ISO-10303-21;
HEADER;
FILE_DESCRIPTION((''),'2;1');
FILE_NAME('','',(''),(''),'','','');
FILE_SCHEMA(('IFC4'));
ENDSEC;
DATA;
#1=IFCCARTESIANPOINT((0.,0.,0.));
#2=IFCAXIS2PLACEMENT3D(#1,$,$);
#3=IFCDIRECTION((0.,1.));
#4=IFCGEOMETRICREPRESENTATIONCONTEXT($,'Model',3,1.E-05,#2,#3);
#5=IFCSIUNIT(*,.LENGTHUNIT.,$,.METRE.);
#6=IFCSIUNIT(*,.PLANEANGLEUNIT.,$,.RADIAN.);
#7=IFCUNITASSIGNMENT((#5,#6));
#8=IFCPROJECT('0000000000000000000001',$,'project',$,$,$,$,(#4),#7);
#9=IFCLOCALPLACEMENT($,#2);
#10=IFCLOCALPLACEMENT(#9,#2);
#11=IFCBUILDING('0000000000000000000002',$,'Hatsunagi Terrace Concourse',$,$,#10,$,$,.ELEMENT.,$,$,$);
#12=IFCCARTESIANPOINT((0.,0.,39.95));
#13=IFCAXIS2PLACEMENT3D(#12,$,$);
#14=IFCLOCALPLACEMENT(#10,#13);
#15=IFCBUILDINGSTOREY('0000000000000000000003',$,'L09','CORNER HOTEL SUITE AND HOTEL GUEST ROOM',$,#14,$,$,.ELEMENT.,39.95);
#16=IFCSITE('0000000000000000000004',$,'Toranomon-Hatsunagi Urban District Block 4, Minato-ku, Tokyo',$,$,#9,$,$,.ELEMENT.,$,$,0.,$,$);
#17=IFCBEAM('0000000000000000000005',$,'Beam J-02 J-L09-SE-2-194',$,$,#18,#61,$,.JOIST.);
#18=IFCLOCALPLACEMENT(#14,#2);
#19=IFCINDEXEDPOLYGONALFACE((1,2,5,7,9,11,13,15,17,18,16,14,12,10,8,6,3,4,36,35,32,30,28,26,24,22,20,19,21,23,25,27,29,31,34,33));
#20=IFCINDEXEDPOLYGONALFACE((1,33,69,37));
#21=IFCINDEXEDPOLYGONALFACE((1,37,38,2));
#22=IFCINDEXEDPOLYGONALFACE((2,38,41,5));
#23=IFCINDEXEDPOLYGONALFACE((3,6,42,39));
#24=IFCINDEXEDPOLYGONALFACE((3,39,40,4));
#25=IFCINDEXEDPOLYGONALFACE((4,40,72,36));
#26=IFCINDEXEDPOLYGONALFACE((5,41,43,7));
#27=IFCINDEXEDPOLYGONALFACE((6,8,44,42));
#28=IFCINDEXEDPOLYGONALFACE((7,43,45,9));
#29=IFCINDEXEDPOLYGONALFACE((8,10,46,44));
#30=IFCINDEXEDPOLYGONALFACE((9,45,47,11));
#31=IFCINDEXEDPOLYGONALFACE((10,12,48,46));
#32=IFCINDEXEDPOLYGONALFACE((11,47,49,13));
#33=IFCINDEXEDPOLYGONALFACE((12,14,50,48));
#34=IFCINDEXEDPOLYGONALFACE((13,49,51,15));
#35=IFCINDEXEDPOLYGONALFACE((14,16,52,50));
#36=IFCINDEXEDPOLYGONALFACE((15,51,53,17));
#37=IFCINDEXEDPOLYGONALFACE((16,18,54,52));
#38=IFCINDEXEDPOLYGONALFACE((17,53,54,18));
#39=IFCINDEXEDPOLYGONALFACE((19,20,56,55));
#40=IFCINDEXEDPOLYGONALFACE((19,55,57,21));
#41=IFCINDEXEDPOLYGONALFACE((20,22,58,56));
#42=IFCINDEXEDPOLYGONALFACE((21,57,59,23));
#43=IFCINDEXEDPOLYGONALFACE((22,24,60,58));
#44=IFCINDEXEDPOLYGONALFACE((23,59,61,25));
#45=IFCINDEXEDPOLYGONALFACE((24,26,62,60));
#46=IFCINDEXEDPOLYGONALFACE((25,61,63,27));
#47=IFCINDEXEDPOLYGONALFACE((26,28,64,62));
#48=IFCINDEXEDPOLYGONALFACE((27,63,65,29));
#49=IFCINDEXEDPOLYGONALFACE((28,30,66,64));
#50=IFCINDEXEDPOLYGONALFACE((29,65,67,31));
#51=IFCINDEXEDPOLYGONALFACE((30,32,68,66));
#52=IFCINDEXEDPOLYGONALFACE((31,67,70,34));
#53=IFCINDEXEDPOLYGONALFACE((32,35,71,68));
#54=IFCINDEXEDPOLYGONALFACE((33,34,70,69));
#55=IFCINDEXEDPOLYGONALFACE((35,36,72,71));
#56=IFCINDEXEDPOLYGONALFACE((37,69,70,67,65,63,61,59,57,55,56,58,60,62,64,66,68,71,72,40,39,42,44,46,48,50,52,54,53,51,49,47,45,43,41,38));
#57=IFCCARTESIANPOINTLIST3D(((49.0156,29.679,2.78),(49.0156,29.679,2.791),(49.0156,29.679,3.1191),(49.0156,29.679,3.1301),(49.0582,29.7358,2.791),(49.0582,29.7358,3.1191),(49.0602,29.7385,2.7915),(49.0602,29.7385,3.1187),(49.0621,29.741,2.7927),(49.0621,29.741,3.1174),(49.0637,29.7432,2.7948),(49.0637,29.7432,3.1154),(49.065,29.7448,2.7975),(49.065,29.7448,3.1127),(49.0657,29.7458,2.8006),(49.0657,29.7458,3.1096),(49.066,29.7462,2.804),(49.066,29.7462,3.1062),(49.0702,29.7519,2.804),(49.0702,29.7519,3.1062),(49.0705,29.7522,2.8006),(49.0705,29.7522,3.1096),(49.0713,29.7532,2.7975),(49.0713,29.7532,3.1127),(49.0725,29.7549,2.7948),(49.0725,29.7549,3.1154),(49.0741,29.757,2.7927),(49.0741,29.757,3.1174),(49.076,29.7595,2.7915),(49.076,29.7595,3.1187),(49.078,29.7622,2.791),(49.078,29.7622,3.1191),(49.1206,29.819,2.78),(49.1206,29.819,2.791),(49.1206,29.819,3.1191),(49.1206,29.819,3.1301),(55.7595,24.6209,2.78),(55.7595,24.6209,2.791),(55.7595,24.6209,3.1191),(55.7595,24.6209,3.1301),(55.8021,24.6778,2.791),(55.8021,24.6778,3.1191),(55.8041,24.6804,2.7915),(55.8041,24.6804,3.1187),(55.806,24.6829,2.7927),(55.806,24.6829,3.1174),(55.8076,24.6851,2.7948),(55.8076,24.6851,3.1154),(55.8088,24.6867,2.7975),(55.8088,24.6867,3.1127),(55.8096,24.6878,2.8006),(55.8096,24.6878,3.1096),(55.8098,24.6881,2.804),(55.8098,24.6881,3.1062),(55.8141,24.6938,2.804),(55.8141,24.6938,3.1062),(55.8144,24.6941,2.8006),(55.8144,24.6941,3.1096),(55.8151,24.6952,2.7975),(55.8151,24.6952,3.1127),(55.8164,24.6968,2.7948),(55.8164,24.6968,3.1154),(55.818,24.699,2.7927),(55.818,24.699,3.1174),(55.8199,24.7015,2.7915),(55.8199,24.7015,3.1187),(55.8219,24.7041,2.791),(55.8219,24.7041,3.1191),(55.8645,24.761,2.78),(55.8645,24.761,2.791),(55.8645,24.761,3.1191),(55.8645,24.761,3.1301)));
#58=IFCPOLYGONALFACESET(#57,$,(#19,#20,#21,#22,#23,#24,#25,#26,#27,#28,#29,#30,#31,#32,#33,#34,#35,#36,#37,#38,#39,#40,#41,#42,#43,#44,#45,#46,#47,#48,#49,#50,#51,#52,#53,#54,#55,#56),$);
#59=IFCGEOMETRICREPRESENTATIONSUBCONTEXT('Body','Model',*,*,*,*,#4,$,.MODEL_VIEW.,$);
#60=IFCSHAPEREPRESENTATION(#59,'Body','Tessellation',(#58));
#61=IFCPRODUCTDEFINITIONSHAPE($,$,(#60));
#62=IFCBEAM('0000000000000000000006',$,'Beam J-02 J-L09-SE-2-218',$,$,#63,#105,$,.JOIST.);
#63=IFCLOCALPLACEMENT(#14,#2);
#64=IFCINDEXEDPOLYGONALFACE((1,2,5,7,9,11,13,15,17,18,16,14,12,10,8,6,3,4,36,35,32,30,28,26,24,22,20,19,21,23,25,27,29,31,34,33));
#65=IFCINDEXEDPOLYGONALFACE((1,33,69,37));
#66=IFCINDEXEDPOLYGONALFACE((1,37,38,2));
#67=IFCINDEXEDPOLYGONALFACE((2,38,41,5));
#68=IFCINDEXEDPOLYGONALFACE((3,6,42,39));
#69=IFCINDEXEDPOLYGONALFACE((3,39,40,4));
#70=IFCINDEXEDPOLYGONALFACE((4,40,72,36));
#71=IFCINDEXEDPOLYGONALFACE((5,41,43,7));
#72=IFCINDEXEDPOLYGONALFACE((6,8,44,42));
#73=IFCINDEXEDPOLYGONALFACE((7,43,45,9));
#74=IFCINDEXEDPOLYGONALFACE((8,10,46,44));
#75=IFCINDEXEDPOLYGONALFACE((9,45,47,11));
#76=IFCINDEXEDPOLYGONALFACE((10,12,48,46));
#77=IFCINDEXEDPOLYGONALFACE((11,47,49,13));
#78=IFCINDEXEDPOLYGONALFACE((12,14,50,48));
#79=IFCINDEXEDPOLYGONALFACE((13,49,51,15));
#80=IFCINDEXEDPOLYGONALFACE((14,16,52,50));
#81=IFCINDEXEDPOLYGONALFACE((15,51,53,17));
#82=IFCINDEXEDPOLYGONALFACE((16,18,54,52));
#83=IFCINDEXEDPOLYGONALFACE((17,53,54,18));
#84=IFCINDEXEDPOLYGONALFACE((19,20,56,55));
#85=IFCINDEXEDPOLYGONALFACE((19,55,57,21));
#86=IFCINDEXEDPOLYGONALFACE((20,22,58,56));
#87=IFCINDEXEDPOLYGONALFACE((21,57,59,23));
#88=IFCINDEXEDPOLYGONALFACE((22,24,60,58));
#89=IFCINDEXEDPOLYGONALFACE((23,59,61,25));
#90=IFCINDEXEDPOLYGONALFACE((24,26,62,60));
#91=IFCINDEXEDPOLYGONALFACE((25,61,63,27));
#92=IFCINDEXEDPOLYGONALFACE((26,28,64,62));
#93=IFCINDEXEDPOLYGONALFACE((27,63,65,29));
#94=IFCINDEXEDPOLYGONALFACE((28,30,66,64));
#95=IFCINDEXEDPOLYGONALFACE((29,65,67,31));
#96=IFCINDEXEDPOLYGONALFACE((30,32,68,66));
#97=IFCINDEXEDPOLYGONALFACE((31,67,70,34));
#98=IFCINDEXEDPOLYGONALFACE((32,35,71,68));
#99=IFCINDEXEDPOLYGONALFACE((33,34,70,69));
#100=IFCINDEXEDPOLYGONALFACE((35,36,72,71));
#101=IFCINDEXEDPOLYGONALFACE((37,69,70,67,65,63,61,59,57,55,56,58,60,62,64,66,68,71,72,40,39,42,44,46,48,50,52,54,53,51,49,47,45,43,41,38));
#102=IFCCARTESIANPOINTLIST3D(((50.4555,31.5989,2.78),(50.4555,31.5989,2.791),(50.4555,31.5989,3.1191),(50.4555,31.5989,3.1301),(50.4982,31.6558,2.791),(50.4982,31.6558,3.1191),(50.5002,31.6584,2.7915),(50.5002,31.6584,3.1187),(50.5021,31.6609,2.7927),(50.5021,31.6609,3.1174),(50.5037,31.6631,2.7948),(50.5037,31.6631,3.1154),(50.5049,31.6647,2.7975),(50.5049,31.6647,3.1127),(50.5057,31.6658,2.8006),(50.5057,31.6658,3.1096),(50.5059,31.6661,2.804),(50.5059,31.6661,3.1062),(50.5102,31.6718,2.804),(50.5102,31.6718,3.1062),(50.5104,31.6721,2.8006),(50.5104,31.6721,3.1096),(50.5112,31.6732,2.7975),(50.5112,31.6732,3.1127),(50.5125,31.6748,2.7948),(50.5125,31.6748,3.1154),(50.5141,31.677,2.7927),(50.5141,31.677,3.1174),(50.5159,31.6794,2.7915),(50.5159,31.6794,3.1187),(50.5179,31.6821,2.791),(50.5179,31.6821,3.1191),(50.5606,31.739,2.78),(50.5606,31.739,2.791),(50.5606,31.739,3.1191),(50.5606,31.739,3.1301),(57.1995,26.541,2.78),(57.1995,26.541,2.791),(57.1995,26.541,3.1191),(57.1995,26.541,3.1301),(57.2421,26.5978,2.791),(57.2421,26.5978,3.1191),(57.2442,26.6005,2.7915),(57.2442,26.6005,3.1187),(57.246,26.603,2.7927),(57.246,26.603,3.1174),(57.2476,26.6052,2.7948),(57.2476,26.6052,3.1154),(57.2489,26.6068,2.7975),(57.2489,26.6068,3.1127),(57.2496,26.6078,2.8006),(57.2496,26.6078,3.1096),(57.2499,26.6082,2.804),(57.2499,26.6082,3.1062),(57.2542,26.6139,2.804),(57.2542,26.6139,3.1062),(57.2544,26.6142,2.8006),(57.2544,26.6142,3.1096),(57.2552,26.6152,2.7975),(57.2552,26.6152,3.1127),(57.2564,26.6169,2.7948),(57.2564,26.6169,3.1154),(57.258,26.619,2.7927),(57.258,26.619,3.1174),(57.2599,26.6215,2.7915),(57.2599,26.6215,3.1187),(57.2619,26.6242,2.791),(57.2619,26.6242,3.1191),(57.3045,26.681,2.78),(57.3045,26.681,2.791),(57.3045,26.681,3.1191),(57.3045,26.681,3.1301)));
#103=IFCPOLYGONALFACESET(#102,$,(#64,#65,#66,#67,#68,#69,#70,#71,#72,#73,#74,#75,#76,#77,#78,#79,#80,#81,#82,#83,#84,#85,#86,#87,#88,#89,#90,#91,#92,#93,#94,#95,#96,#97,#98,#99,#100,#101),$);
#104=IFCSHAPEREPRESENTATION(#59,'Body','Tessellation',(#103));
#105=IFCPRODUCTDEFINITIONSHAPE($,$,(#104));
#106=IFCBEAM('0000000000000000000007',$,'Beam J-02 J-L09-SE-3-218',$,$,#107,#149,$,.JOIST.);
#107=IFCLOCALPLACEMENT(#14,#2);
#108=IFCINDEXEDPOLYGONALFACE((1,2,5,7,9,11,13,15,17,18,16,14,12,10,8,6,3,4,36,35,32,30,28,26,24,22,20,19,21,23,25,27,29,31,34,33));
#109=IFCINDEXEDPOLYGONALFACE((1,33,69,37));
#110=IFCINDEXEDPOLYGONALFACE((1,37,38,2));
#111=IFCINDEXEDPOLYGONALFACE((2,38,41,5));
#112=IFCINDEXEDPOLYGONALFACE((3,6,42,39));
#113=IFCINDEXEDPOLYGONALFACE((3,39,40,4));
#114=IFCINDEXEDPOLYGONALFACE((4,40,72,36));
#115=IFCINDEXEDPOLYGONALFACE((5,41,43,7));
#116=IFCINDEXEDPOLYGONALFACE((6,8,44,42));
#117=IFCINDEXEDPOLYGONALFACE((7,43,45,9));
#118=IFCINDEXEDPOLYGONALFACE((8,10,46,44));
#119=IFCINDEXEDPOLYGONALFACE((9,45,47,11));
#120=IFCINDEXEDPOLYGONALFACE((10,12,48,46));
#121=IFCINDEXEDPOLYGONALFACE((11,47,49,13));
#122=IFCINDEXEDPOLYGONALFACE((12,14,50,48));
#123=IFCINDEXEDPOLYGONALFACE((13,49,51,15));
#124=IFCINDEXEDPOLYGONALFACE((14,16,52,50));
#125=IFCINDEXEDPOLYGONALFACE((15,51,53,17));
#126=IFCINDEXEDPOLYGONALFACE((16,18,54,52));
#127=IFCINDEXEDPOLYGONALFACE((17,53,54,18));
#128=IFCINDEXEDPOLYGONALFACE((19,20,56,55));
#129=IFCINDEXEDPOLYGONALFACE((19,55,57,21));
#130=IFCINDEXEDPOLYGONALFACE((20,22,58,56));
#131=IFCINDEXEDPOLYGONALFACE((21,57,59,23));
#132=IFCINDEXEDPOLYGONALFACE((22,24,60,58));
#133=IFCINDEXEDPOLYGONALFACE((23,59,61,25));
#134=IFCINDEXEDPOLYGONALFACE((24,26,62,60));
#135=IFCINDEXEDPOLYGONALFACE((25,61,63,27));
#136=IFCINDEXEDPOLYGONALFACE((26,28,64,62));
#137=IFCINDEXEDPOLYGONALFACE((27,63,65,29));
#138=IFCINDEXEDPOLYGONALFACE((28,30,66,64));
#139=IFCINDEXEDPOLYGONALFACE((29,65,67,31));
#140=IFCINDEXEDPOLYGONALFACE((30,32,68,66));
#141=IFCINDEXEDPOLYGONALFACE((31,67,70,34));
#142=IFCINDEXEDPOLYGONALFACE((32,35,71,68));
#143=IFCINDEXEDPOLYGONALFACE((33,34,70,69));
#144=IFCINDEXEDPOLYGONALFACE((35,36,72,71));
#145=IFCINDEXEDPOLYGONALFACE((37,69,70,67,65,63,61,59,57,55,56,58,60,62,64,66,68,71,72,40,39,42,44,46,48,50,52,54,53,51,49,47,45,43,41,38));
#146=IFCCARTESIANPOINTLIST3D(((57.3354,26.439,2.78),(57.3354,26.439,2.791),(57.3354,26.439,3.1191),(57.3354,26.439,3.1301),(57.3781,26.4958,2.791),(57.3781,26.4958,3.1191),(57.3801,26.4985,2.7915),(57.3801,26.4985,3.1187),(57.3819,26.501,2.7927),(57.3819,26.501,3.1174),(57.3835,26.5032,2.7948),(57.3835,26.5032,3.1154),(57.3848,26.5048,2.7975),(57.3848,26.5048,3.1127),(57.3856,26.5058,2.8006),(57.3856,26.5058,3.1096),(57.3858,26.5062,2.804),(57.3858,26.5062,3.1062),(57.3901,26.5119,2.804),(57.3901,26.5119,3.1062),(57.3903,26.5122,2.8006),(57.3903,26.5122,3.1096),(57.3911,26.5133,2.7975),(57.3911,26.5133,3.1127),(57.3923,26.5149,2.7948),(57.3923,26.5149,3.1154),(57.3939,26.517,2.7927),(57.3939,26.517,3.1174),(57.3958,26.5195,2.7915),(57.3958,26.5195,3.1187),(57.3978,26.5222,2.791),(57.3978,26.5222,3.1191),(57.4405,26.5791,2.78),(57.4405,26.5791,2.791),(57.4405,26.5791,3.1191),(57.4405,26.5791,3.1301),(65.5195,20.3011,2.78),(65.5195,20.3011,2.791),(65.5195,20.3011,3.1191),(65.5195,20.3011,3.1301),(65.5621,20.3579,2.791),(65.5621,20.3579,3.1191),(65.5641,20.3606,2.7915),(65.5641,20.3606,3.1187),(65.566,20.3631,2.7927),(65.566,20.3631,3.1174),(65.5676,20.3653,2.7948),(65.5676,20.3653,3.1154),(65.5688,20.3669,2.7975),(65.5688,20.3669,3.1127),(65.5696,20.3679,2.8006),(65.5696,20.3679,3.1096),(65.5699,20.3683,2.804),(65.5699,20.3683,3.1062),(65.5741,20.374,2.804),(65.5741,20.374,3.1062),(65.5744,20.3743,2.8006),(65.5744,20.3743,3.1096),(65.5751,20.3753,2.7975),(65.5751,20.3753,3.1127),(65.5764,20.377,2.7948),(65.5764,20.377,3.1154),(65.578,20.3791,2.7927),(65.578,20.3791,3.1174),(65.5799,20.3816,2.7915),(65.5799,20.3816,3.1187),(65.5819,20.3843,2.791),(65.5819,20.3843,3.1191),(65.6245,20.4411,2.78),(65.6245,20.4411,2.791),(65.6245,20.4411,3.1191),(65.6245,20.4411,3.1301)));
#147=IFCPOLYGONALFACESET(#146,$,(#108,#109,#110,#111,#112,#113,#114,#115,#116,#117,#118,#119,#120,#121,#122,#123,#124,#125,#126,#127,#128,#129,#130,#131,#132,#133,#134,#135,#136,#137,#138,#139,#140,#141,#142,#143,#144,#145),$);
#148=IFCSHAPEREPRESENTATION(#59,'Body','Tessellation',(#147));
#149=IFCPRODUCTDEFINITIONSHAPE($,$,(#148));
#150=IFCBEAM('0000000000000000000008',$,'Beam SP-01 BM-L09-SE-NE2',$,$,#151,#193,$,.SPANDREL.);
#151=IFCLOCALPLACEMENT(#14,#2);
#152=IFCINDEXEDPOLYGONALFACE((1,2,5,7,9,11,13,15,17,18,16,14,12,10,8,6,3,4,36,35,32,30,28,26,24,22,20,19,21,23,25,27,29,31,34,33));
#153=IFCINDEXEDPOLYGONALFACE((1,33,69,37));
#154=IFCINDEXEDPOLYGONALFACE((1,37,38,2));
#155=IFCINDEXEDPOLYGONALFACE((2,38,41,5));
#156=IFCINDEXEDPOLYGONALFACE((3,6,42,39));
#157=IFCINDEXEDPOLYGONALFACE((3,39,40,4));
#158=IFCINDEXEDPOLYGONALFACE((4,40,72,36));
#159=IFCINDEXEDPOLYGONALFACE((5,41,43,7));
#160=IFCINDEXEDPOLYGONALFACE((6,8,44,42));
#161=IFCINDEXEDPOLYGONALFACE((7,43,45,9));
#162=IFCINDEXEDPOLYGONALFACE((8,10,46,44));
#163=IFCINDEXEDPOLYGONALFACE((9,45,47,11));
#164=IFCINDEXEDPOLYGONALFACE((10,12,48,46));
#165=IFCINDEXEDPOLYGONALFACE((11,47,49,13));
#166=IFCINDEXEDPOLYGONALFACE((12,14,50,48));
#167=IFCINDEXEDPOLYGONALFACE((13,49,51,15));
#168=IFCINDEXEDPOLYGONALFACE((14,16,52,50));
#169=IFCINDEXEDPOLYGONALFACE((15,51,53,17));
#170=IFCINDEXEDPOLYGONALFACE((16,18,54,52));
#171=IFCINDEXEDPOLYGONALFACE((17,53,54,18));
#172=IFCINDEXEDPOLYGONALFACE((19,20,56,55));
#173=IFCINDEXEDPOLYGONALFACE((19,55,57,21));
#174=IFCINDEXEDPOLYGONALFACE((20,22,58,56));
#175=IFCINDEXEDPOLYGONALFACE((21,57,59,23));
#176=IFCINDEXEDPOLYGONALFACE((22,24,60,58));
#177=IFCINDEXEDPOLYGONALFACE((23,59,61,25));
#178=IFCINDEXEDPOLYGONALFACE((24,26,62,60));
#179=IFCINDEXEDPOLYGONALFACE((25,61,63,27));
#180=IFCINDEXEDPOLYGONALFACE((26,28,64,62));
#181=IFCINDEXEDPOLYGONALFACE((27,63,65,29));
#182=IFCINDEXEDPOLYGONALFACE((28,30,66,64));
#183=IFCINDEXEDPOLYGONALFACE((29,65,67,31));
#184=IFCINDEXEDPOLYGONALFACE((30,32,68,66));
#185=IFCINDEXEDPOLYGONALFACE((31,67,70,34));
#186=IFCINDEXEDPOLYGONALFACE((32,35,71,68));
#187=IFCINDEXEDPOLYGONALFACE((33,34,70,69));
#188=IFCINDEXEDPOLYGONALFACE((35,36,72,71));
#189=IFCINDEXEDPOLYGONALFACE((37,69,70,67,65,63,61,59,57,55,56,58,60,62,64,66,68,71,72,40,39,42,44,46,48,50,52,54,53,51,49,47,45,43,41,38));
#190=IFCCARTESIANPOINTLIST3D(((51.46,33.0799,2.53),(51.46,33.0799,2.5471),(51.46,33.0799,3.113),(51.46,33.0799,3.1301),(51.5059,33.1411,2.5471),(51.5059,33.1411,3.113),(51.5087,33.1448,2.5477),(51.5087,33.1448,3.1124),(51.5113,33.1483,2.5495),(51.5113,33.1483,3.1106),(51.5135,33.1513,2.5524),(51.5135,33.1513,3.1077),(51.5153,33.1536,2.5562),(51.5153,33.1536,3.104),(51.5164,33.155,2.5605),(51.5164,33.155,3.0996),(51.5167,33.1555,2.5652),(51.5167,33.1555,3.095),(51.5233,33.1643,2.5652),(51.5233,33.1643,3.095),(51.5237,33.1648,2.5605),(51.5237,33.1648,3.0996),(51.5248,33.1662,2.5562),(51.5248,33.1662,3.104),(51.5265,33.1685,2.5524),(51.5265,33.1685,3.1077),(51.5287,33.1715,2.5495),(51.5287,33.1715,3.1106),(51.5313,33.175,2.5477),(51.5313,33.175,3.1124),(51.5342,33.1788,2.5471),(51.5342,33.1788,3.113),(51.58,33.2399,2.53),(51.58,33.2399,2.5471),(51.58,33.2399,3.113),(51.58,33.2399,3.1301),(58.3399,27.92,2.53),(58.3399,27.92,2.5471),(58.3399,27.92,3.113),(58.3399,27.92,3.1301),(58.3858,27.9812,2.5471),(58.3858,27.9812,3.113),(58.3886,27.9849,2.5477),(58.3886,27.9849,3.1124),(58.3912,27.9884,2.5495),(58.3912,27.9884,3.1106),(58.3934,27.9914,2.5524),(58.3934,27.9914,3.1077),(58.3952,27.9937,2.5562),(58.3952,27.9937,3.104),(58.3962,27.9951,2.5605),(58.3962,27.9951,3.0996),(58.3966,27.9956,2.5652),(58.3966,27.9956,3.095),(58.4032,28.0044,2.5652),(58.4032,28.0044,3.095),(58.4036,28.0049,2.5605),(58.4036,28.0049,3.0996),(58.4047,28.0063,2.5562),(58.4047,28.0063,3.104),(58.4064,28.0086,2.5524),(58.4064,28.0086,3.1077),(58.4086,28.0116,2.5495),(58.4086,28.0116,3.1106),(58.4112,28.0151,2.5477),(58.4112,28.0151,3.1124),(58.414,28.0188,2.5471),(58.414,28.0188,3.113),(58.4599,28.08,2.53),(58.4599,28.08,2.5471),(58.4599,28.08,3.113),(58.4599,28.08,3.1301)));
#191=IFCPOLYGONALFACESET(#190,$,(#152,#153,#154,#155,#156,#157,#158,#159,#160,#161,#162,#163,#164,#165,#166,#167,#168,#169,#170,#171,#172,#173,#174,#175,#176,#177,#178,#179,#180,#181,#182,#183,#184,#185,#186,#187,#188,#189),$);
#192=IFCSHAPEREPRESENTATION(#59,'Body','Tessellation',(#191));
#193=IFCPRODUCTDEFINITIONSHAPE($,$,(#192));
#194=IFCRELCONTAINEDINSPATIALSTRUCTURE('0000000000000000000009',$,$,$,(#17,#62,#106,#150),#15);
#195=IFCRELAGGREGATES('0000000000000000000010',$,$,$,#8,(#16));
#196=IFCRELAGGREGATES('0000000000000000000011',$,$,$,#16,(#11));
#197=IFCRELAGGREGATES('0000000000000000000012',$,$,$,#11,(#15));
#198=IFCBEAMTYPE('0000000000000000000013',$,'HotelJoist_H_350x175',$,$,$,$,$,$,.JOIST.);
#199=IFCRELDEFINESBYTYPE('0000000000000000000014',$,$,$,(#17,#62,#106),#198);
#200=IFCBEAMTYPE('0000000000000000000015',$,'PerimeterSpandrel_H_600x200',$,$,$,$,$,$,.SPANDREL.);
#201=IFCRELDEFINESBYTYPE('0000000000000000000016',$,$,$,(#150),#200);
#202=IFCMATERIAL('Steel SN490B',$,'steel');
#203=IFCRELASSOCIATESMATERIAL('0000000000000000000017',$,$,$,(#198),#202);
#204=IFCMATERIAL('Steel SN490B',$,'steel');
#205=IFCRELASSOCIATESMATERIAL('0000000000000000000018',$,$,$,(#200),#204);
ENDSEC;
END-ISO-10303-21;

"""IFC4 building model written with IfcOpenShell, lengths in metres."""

from ifc_helpers import new_model, si_unit, direction, frame, origin, origin_2d, place, context, subcontext, project, spatial, i_section, extrude, material, material_profile, profile_set, type_object, element, save


model = new_model("IFC4")

# Units and contexts
model_context = context("Model", 3, precision=1e-05, world=origin(), true_north=direction((0.0, 1.0)))
body_context = subcontext(model_context, "Body", "Model", "MODEL_VIEW")
ifc_project = project(units=[si_unit("LENGTHUNIT", "METRE"), si_unit("PLANEANGLEUNIT", "RADIAN")], contexts=[model_context])

# Site, building, storey
site_placement = place(None, origin())
site = spatial("IfcSite", under=ifc_project, at=site_placement, Name="Toranomon-Hatsunagi Urban District Block 4, Minato-ku, Tokyo", CompositionType="ELEMENT", RefElevation=0.0)
building_placement = place(site_placement, origin())
building = spatial("IfcBuilding", under=site, at=building_placement, Name="Hatsunagi Terrace Concourse", CompositionType="ELEMENT")
storey_placement = place(building_placement, frame((0.0, 0.0, 39.95)))
storey = spatial("IfcBuildingStorey", under=building, at=storey_placement, Name="L09", Description="CORNER HOTEL SUITE AND HOTEL GUEST ROOM", CompositionType="ELEMENT", Elevation=39.95)

# Beams
ifc_material_1 = material(Name="Steel SN490B", Category="steel")
ifc_material_profile_1 = material_profile(ifc_material_1, i_section(OverallWidth=0.175, OverallDepth=0.3501, WebThickness=0.0071, FlangeThickness=0.011, FilletRadius=0.0129, at=origin_2d()), Name="H-350x175x7x11")
ifc_profile_set_1 = profile_set([ifc_material_profile_1], Name="Steel SN490B")
beam_type_1 = type_object("IfcBeamType", Name="HotelJoist_H_350x175", PredefinedType="JOIST", material=ifc_profile_set_1)
for number, where, z_axis, x_axis, name in (
    (1, (49.0681, 29.749, 2.9551), (0.79999, -0.600014, 0.0), (0.600014, 0.79999, 0.0), "Beam J-02 J-L09-SE-2-194"),
    (2, (50.5081, 31.6689, 2.9551), (0.800003, -0.599995, 0.0), (0.599995, 0.800003, 0.0), "Beam J-02 J-L09-SE-2-218"),
):
    element("IfcBeam", number, at=place(storey_placement, frame(where, z_axis=z_axis, x_axis=x_axis)), inside=storey, type_object=beam_type_1, Name=name, PredefinedType="JOIST", context=body_context, shape_type="SweptSolid", body=[
        extrude(i_section(OverallWidth=0.175, OverallDepth=0.3501, WebThickness=0.0071, FlangeThickness=0.011, FilletRadius=0.0129, at=origin_2d()), origin(), (0.0, 0.0, 1.0), 8.4299),
    ])
beam_1_placement = place(storey_placement, frame((57.3879, 26.509, 2.9551), z_axis=(0.800006, -0.599992, 0.0), x_axis=(0.599992, 0.800006, 0.0)))
element("IfcBeam", 3, at=beam_1_placement, inside=storey, type_object=beam_type_1, Name="Beam J-02 J-L09-SE-3-218", PredefinedType="JOIST", context=body_context, shape_type="SweptSolid", body=[
    extrude(i_section(OverallWidth=0.175, OverallDepth=0.3501, WebThickness=0.0071, FlangeThickness=0.011, FilletRadius=0.0129, at=origin_2d()), origin(), (0.0, 0.0, 1.0), 10.23),
])
ifc_material_2 = material(Name="Steel SN490B", Category="steel")
ifc_material_profile_2 = material_profile(ifc_material_2, i_section(OverallWidth=0.2, OverallDepth=0.6001, WebThickness=0.011, FlangeThickness=0.0171, FilletRadius=0.0181, at=origin_2d()), Name="H-600x200x11x17")
ifc_profile_set_2 = profile_set([ifc_material_profile_2], Name="Steel SN490B")
beam_type_2 = type_object("IfcBeamType", Name="PerimeterSpandrel_H_600x200", PredefinedType="SPANDREL", material=ifc_profile_set_2)
beam_2_placement = place(storey_placement, frame((51.52, 33.1599, 2.8301), z_axis=(0.8, -0.6, 0.0), x_axis=(0.6, 0.8, 0.0)))
element("IfcBeam", 4, at=beam_2_placement, inside=storey, type_object=beam_type_2, Name="Beam SP-01 BM-L09-SE-NE2", PredefinedType="SPANDREL", context=body_context, shape_type="SweptSolid", body=[
    extrude(i_section(OverallWidth=0.2, OverallDepth=0.6001, WebThickness=0.011, FlangeThickness=0.0171, FilletRadius=0.0181, at=origin_2d()), origin(), (0.0, 0.0, 1.0), 8.5999),
])

save(model, "model.ifc")
